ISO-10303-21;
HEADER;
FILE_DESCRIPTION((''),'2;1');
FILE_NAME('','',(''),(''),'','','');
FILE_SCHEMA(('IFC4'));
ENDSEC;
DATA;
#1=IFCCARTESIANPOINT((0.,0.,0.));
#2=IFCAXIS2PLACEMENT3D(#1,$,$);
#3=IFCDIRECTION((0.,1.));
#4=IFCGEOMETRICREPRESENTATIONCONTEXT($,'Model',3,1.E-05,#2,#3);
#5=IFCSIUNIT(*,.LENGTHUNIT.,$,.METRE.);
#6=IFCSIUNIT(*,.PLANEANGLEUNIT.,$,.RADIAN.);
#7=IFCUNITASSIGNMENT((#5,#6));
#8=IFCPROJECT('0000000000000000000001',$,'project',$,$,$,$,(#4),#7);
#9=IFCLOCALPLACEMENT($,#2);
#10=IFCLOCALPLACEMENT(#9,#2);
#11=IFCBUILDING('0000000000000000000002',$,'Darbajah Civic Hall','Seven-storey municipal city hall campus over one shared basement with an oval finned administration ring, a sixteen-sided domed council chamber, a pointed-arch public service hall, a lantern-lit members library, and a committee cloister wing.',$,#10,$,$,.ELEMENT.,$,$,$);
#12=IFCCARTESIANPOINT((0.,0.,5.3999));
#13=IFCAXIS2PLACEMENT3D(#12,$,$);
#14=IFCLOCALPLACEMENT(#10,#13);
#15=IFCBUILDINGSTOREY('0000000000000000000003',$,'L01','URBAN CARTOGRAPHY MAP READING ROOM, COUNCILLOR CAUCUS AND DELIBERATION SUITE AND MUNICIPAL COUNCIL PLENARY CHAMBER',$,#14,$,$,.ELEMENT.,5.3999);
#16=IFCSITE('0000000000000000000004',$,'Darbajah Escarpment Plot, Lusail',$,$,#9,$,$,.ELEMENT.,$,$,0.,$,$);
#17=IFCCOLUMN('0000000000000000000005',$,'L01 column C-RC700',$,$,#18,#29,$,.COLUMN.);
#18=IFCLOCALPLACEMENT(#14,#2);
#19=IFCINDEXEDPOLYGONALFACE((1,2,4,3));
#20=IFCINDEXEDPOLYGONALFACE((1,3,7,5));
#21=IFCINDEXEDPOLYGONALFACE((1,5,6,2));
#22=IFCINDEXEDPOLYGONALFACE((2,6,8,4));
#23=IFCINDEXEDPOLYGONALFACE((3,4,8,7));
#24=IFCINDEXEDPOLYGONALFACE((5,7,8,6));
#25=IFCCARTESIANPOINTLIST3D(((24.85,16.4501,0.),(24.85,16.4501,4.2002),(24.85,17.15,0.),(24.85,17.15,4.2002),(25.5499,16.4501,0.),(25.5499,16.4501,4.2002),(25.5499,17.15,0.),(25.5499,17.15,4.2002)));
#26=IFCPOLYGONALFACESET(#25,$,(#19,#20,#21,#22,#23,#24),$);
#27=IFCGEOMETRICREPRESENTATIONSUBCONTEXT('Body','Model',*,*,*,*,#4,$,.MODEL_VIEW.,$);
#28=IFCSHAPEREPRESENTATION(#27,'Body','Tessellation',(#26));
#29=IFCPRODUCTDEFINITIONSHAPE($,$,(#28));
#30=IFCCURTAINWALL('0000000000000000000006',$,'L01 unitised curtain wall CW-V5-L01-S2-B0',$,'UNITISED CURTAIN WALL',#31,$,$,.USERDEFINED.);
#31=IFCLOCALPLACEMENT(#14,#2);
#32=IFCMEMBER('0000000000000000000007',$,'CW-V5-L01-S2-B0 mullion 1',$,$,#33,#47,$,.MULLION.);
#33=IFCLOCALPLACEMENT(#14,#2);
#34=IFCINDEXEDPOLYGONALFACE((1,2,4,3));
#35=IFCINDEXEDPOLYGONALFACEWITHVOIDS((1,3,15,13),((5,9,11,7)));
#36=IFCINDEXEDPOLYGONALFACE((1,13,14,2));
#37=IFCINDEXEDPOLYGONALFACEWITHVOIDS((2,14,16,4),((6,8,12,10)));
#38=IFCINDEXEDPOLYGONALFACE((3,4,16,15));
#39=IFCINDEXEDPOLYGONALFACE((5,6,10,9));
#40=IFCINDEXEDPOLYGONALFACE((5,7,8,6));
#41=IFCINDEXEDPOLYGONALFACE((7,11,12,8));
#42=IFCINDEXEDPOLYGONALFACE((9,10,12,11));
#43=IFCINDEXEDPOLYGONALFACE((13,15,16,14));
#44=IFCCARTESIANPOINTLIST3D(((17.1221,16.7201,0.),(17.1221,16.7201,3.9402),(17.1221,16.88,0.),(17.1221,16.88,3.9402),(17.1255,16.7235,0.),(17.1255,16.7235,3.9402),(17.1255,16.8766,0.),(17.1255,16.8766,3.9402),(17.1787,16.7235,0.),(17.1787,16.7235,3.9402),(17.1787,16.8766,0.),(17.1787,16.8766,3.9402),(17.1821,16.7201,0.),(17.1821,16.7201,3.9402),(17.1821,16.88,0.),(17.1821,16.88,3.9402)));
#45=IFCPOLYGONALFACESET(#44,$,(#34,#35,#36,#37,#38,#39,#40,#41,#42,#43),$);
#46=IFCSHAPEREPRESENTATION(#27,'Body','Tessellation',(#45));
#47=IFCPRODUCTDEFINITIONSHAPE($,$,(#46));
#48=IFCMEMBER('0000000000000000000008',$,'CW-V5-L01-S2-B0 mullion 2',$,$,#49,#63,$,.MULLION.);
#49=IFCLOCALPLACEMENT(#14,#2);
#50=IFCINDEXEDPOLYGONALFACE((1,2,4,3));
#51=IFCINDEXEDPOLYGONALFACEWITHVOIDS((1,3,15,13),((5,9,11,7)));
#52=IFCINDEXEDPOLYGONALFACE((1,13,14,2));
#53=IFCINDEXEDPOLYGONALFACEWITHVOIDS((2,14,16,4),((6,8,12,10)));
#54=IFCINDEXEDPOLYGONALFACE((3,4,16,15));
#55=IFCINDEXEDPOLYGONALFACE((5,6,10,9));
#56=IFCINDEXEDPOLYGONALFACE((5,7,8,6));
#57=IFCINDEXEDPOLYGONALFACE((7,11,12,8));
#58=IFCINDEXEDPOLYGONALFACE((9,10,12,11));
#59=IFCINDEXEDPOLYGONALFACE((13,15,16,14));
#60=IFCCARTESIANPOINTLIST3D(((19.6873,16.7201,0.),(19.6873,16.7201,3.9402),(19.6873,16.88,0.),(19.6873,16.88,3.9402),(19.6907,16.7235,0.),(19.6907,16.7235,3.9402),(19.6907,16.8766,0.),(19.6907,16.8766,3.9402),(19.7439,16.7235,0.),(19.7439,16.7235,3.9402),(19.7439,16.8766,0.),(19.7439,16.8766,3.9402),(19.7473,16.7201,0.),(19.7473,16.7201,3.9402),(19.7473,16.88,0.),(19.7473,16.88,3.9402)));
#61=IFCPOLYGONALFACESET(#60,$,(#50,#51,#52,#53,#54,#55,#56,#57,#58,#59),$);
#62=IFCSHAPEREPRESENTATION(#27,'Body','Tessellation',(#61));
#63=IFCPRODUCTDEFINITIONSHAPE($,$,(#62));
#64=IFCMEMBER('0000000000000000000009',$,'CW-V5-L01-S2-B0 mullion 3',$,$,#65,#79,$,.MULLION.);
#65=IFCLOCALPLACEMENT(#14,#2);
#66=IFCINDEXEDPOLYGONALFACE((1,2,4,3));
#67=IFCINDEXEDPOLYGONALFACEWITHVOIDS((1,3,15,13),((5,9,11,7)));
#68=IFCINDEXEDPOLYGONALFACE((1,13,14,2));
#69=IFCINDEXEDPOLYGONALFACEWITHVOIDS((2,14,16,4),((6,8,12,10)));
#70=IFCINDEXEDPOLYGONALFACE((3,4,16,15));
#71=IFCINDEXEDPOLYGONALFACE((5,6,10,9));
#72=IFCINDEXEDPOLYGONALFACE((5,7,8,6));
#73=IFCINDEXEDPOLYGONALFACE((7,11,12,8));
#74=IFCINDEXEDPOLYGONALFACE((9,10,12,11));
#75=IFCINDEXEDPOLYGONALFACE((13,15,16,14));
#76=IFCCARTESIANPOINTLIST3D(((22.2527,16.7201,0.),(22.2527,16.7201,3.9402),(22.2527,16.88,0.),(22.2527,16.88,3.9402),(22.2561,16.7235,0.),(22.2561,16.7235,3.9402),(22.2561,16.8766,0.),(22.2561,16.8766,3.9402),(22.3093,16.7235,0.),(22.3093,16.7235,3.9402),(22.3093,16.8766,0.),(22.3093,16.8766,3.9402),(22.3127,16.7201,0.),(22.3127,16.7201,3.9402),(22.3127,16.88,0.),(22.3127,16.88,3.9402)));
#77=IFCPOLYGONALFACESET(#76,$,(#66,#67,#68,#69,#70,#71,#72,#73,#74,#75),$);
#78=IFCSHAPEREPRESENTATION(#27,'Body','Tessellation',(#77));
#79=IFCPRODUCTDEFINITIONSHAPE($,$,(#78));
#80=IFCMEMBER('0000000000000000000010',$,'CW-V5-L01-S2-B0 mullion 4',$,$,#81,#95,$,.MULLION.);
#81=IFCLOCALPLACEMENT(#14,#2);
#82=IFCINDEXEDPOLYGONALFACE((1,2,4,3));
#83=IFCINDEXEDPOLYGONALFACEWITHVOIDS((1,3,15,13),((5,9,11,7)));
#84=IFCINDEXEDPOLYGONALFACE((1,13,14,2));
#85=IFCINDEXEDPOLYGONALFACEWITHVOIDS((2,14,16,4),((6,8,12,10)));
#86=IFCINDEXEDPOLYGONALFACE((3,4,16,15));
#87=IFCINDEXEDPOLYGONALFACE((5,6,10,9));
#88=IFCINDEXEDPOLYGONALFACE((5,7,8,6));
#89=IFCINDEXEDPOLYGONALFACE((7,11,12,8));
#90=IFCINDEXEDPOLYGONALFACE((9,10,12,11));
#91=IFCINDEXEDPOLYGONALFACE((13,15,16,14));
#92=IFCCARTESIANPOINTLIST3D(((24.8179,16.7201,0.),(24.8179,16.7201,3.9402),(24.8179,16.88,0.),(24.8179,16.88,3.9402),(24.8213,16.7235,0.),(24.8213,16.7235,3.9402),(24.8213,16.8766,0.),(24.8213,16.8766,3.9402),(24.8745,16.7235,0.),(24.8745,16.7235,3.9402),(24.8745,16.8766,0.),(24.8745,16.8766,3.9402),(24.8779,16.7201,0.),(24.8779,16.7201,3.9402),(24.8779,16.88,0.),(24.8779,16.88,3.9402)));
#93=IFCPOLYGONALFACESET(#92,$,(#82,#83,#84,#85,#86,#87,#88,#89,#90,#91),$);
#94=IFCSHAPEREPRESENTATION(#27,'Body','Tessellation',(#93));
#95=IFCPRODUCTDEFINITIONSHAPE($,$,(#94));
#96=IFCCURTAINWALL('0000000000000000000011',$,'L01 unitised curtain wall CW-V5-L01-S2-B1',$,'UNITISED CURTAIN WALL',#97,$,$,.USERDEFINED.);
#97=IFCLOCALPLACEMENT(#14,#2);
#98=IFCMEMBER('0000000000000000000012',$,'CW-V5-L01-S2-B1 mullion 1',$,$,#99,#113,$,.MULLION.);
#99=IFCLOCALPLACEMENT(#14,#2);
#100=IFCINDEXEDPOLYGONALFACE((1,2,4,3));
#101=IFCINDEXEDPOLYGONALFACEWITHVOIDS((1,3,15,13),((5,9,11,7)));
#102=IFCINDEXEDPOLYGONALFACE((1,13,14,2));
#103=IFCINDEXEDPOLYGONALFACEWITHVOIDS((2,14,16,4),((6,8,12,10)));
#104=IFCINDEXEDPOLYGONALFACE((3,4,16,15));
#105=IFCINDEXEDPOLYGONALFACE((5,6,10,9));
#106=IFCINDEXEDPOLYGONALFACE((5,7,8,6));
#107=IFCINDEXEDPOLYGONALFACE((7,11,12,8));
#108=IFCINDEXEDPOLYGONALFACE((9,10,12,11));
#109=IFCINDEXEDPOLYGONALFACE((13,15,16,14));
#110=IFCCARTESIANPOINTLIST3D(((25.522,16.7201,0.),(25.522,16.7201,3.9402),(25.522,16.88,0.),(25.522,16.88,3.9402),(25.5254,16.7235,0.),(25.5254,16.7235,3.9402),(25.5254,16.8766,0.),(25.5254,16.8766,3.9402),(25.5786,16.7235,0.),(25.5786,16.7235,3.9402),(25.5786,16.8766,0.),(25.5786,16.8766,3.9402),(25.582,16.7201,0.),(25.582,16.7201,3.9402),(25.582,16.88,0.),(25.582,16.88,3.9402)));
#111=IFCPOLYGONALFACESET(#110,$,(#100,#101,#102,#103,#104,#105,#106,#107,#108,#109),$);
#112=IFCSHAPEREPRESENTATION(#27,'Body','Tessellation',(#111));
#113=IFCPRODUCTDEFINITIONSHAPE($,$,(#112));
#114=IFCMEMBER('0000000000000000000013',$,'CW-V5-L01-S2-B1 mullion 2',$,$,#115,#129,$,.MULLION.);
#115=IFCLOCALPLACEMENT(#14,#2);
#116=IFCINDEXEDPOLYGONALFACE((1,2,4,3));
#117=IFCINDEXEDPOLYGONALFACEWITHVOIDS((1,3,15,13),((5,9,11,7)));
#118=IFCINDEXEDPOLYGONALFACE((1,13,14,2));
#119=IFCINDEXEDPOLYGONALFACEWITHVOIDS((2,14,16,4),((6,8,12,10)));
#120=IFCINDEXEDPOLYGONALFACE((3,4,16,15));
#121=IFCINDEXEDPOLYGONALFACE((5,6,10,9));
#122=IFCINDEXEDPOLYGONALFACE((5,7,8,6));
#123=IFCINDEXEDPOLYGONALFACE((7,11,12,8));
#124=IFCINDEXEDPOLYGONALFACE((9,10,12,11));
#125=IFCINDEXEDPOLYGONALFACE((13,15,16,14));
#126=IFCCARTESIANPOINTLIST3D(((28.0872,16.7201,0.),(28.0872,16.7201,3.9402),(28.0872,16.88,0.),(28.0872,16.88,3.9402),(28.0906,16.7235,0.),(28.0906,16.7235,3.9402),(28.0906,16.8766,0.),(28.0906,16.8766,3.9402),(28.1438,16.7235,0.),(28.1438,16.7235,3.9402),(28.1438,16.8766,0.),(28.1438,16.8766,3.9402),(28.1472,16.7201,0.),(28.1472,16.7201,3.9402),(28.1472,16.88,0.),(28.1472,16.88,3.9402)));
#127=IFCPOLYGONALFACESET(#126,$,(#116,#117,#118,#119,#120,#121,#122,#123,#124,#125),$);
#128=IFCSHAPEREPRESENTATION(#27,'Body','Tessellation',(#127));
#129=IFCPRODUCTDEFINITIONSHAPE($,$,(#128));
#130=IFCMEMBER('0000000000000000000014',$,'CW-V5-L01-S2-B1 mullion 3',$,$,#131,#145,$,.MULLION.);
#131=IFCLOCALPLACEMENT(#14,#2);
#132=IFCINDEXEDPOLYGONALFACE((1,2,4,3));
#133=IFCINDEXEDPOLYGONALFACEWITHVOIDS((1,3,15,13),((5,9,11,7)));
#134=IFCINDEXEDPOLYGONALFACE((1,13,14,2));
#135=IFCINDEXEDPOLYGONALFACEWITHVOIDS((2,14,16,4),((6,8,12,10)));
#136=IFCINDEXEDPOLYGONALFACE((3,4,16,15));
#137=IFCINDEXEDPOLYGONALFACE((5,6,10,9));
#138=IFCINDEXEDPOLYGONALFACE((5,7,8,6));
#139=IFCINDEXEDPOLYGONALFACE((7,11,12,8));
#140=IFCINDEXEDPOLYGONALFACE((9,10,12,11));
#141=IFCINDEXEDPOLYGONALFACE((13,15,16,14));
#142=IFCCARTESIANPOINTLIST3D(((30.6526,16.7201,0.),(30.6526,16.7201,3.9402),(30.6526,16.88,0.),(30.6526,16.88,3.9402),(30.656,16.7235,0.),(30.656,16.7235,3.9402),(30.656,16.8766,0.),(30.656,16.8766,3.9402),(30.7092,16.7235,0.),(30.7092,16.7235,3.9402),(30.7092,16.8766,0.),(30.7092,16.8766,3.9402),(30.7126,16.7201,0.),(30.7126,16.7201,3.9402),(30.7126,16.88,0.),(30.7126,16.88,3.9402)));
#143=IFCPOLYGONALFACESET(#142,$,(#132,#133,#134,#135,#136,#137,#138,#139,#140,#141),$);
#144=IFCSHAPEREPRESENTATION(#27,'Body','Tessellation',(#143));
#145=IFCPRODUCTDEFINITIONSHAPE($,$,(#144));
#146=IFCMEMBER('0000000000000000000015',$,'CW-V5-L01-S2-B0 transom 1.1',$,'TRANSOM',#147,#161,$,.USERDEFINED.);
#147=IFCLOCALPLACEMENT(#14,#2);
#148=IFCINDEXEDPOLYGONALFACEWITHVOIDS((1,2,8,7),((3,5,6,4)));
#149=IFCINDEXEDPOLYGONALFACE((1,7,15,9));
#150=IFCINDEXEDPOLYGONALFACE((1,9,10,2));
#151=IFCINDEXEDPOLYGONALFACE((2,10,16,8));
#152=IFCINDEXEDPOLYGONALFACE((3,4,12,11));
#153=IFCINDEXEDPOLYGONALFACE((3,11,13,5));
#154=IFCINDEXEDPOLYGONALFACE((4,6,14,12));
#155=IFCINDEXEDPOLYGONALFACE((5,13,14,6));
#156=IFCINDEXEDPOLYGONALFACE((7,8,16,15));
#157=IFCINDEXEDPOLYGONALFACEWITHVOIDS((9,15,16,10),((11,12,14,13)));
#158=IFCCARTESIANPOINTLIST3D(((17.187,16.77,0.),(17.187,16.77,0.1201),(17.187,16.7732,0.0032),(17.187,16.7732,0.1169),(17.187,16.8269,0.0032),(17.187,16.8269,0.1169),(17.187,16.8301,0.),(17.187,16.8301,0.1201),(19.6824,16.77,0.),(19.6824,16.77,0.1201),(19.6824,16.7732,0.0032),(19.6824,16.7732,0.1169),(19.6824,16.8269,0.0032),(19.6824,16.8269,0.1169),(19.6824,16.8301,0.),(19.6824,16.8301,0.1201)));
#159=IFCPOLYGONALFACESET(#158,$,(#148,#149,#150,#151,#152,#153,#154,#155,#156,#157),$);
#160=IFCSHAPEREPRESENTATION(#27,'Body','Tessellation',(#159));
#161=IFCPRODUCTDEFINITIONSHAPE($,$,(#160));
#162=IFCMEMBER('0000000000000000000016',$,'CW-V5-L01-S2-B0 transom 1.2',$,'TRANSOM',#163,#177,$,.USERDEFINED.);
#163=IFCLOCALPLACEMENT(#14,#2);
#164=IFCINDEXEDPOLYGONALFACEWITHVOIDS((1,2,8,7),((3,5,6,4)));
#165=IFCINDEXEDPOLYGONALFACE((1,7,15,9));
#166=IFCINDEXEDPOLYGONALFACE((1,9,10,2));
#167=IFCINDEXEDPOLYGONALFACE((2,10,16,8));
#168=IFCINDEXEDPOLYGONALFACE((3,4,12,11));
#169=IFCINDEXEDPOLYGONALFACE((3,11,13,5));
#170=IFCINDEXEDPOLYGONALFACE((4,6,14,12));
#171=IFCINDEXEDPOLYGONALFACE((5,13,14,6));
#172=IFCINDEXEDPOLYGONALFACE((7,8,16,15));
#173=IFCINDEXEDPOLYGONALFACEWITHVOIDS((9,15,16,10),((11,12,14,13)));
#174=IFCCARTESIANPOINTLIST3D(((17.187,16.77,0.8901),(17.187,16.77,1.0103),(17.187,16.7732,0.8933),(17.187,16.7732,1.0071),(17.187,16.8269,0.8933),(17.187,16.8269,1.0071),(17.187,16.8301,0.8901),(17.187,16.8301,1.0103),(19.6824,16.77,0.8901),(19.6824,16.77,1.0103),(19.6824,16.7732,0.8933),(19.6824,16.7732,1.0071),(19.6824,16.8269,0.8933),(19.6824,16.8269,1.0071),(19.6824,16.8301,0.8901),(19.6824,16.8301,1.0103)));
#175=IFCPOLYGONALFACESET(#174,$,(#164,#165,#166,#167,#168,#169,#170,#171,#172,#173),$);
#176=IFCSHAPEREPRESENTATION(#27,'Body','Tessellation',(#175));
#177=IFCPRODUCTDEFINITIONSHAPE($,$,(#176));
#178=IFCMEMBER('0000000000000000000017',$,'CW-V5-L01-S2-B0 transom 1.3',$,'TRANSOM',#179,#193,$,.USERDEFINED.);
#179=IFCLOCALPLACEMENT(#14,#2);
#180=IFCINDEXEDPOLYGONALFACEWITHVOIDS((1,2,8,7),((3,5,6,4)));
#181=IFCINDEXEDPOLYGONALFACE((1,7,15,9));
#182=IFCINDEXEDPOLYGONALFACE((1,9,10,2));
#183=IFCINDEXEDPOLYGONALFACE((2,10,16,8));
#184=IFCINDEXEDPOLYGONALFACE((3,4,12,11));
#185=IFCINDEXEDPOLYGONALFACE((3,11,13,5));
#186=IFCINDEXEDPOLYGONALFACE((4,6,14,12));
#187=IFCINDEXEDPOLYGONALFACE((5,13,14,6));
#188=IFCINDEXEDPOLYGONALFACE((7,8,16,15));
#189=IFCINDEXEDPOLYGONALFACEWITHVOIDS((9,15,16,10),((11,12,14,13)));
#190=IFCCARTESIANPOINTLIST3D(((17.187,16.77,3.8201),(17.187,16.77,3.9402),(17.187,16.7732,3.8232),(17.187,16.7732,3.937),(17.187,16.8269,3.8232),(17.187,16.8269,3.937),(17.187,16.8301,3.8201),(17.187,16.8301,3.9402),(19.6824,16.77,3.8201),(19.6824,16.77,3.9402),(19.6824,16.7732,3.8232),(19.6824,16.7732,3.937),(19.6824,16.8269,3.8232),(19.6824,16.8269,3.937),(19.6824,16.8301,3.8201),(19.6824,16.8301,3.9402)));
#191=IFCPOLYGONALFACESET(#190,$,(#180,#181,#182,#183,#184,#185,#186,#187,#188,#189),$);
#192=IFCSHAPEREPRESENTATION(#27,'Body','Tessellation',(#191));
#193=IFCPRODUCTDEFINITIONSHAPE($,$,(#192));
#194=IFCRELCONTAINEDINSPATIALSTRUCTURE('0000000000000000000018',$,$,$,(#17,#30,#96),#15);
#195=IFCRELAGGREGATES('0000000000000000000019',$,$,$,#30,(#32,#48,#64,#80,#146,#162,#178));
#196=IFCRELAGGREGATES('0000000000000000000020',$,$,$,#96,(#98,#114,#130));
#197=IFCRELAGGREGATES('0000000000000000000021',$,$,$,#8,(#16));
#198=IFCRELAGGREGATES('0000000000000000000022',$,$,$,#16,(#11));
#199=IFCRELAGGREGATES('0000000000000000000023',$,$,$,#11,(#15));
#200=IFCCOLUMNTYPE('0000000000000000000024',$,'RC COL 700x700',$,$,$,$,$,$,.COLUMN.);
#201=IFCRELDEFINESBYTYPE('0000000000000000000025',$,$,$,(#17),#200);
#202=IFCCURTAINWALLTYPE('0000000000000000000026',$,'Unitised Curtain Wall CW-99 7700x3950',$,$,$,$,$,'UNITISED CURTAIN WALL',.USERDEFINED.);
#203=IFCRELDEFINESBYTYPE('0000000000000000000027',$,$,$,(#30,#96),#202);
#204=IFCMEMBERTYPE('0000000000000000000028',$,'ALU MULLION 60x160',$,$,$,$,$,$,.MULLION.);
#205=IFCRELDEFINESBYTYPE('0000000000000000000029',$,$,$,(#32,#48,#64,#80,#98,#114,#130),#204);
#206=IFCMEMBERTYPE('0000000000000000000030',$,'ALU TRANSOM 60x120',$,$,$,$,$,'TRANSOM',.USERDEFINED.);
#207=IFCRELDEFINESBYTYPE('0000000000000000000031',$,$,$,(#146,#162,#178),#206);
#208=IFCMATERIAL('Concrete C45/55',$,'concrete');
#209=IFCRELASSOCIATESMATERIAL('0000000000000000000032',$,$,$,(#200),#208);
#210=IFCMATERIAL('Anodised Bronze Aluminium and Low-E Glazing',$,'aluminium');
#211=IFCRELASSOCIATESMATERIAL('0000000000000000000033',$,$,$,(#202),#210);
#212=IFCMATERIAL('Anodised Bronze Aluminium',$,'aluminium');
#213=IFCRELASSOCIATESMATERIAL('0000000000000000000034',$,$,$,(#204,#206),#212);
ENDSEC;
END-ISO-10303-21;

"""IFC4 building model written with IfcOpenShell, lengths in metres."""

from ifc_helpers import new_model, si_unit, direction, frame, origin, origin_2d, place, context, subcontext, project, spatial, rectangle, hollow_rectangle, extrude, material, material_profile, profile_set, type_object, element, aggregate, save


model = new_model("IFC4")

# Units and contexts
model_context = context("Model", 3, precision=1e-05, world=origin(), true_north=direction((0.0, 1.0)))
body_context = subcontext(model_context, "Body", "Model", "MODEL_VIEW")
ifc_project = project(units=[si_unit("LENGTHUNIT", "METRE"), si_unit("PLANEANGLEUNIT", "RADIAN")], contexts=[model_context])

# Site, building, storey
site_placement = place(None, origin())
site = spatial("IfcSite", under=ifc_project, at=site_placement, Name="Darbajah Escarpment Plot, Lusail", CompositionType="ELEMENT", RefElevation=0.0)
building_placement = place(site_placement, origin())
building = spatial("IfcBuilding", under=site, at=building_placement, Name="Darbajah Civic Hall", Description="Seven-storey municipal city hall campus over one shared basement with an oval finned administration ring, a sixteen-sided domed council chamber, a pointed-arch public service hall, a lantern-lit members library, and a committee cloister wing.", CompositionType="ELEMENT")
storey_placement = place(building_placement, frame((0.0, 0.0, 5.3999)))
storey = spatial("IfcBuildingStorey", under=building, at=storey_placement, Name="L01", Description="URBAN CARTOGRAPHY MAP READING ROOM, COUNCILLOR CAUCUS AND DELIBERATION SUITE AND MUNICIPAL COUNCIL PLENARY CHAMBER", CompositionType="ELEMENT", Elevation=5.3999)

# Column
ifc_material_1 = material(Name="Concrete C45/55", Category="concrete")
ifc_material_profile_1 = material_profile(ifc_material_1, rectangle(XDim=0.7, YDim=0.7, at=origin_2d()), Name="RC COL 700x700")
ifc_profile_set_1 = profile_set([ifc_material_profile_1], Name="Concrete C45/55")
column_type = type_object("IfcColumnType", Name="RC COL 700x700", PredefinedType="COLUMN", material=ifc_profile_set_1)
column_placement = place(storey_placement, frame((25.2, 16.8, 0.0), z_axis=(0.0, 0.0, 1.0), x_axis=(1.0, 0.0, 0.0)))
element("IfcColumn", 1, at=column_placement, inside=storey, type_object=column_type, Name="L01 column C-RC700", PredefinedType="COLUMN", context=body_context, shape_type="SweptSolid", body=[
    extrude(rectangle(XDim=0.7, YDim=0.7, at=origin_2d()), origin(), (0.0, 0.0, 1.0), 4.2002),
])

# Curtain walls, members
ifc_material_2 = material(Name="Anodised Bronze Aluminium and Low-E Glazing", Category="aluminium")
curtain_wall_type = type_object("IfcCurtainWallType", Name="Unitised Curtain Wall CW-99 7700x3950", ElementType="UNITISED CURTAIN WALL", PredefinedType="USERDEFINED", material=ifc_material_2)
curtain_wall_1_placement = place(storey_placement, origin())
curtain_wall_1 = element("IfcCurtainWall", 2, at=curtain_wall_1_placement, inside=storey, type_object=curtain_wall_type, Name="L01 unitised curtain wall CW-V5-L01-S2-B0", ObjectType="UNITISED CURTAIN WALL", PredefinedType="USERDEFINED")
ifc_material_3 = material(Name="Anodised Bronze Aluminium", Category="aluminium")
ifc_material_profile_2 = material_profile(ifc_material_3, hollow_rectangle(XDim=0.0601, YDim=0.1599, WallThickness=0.0034, at=origin_2d()), Name="ALU MULLION 60x160")
ifc_profile_set_2 = profile_set([ifc_material_profile_2], Name="Anodised Bronze Aluminium")
member_type_1 = type_object("IfcMemberType", Name="ALU MULLION 60x160", PredefinedType="MULLION", material=ifc_profile_set_2)
member_1_placement = place(storey_placement, frame((17.1521, 16.8, 0.0), z_axis=(0.0, 0.0, 1.0), x_axis=(1.0, 0.0, 0.0)))
member_1 = element("IfcMember", 3, at=member_1_placement, type_object=member_type_1, Name="CW-V5-L01-S2-B0 mullion 1", PredefinedType="MULLION", context=body_context, shape_type="SweptSolid", body=[
    extrude(hollow_rectangle(XDim=0.0601, YDim=0.1599, WallThickness=0.0034, at=origin_2d()), origin(), (0.0, 0.0, 1.0), 3.9402),
])
member_2_placement = place(storey_placement, frame((19.7173, 16.8, 0.0), z_axis=(0.0, 0.0, 1.0), x_axis=(1.0, 0.0, 0.0)))
member_2 = element("IfcMember", 4, at=member_2_placement, type_object=member_type_1, Name="CW-V5-L01-S2-B0 mullion 2", PredefinedType="MULLION", context=body_context, shape_type="SweptSolid", body=[
    extrude(hollow_rectangle(XDim=0.0601, YDim=0.1599, WallThickness=0.0034, at=origin_2d()), origin(), (0.0, 0.0, 1.0), 3.9402),
])
member_3_placement = place(storey_placement, frame((22.2827, 16.8, 0.0), z_axis=(0.0, 0.0, 1.0), x_axis=(1.0, 0.0, 0.0)))
member_3 = element("IfcMember", 5, at=member_3_placement, type_object=member_type_1, Name="CW-V5-L01-S2-B0 mullion 3", PredefinedType="MULLION", context=body_context, shape_type="SweptSolid", body=[
    extrude(hollow_rectangle(XDim=0.0601, YDim=0.1599, WallThickness=0.0034, at=origin_2d()), origin(), (0.0, 0.0, 1.0), 3.9402),
])
member_4_placement = place(storey_placement, frame((24.8479, 16.8, 0.0), z_axis=(0.0, 0.0, 1.0), x_axis=(1.0, 0.0, 0.0)))
member_4 = element("IfcMember", 6, at=member_4_placement, type_object=member_type_1, Name="CW-V5-L01-S2-B0 mullion 4", PredefinedType="MULLION", context=body_context, shape_type="SweptSolid", body=[
    extrude(hollow_rectangle(XDim=0.0601, YDim=0.1599, WallThickness=0.0034, at=origin_2d()), origin(), (0.0, 0.0, 1.0), 3.9402),
])
curtain_wall_2_placement = place(storey_placement, origin())
curtain_wall_2 = element("IfcCurtainWall", 7, at=curtain_wall_2_placement, inside=storey, type_object=curtain_wall_type, Name="L01 unitised curtain wall CW-V5-L01-S2-B1", ObjectType="UNITISED CURTAIN WALL", PredefinedType="USERDEFINED")
member_5_placement = place(storey_placement, frame((25.552, 16.8, 0.0), z_axis=(0.0, 0.0, 1.0), x_axis=(1.0, 0.0, 0.0)))
member_5 = element("IfcMember", 8, at=member_5_placement, type_object=member_type_1, Name="CW-V5-L01-S2-B1 mullion 1", PredefinedType="MULLION", context=body_context, shape_type="SweptSolid", body=[
    extrude(hollow_rectangle(XDim=0.0601, YDim=0.1599, WallThickness=0.0034, at=origin_2d()), origin(), (0.0, 0.0, 1.0), 3.9402),
])
member_6_placement = place(storey_placement, frame((28.1172, 16.8, 0.0), z_axis=(0.0, 0.0, 1.0), x_axis=(1.0, 0.0, 0.0)))
member_6 = element("IfcMember", 9, at=member_6_placement, type_object=member_type_1, Name="CW-V5-L01-S2-B1 mullion 2", PredefinedType="MULLION", context=body_context, shape_type="SweptSolid", body=[
    extrude(hollow_rectangle(XDim=0.0601, YDim=0.1599, WallThickness=0.0034, at=origin_2d()), origin(), (0.0, 0.0, 1.0), 3.9402),
])
member_7_placement = place(storey_placement, frame((30.6826, 16.8, 0.0), z_axis=(0.0, 0.0, 1.0), x_axis=(1.0, 0.0, 0.0)))
member_7 = element("IfcMember", 10, at=member_7_placement, type_object=member_type_1, Name="CW-V5-L01-S2-B1 mullion 3", PredefinedType="MULLION", context=body_context, shape_type="SweptSolid", body=[
    extrude(hollow_rectangle(XDim=0.0601, YDim=0.1599, WallThickness=0.0034, at=origin_2d()), origin(), (0.0, 0.0, 1.0), 3.9402),
])

# Members
ifc_material_profile_3 = material_profile(ifc_material_3, hollow_rectangle(XDim=0.0601, YDim=0.1201, WallThickness=0.0032, at=origin_2d()), Name="ALU TRANSOM 60x120")
ifc_profile_set_3 = profile_set([ifc_material_profile_3], Name="Anodised Bronze Aluminium")
member_type_2 = type_object("IfcMemberType", Name="ALU TRANSOM 60x120", ElementType="TRANSOM", PredefinedType="USERDEFINED", material=ifc_profile_set_3)
member_8_placement = place(storey_placement, frame((17.187, 16.8, 0.0601), z_axis=(1.0, 0.0, 0.0), x_axis=(0.0, 1.0, 0.0)))
member_8 = element("IfcMember", 11, at=member_8_placement, type_object=member_type_2, Name="CW-V5-L01-S2-B0 transom 1.1", ObjectType="TRANSOM", PredefinedType="USERDEFINED", context=body_context, shape_type="SweptSolid", body=[
    extrude(hollow_rectangle(XDim=0.0601, YDim=0.1201, WallThickness=0.0032, at=origin_2d()), origin(), (0.0, 0.0, 1.0), 2.4954),
])
member_9_placement = place(storey_placement, frame((17.187, 16.8, 0.9502), z_axis=(1.0, 0.0, 0.0), x_axis=(0.0, 1.0, 0.0)))
member_9 = element("IfcMember", 12, at=member_9_placement, type_object=member_type_2, Name="CW-V5-L01-S2-B0 transom 1.2", ObjectType="TRANSOM", PredefinedType="USERDEFINED", context=body_context, shape_type="SweptSolid", body=[
    extrude(hollow_rectangle(XDim=0.0601, YDim=0.1201, WallThickness=0.0032, at=origin_2d()), origin(), (0.0, 0.0, 1.0), 2.4954),
])
member_10_placement = place(storey_placement, frame((17.187, 16.8, 3.8801), z_axis=(1.0, 0.0, 0.0), x_axis=(0.0, 1.0, 0.0)))
member_10 = element("IfcMember", 13, at=member_10_placement, type_object=member_type_2, Name="CW-V5-L01-S2-B0 transom 1.3", ObjectType="TRANSOM", PredefinedType="USERDEFINED", context=body_context, shape_type="SweptSolid", body=[
    extrude(hollow_rectangle(XDim=0.0601, YDim=0.1201, WallThickness=0.0032, at=origin_2d()), origin(), (0.0, 0.0, 1.0), 2.4954),
])

aggregate(curtain_wall_1, [member_1, member_2, member_3, member_4, member_8, member_9, member_10])
aggregate(curtain_wall_2, [member_5, member_6, member_7])

save(model, "model.ifc")
